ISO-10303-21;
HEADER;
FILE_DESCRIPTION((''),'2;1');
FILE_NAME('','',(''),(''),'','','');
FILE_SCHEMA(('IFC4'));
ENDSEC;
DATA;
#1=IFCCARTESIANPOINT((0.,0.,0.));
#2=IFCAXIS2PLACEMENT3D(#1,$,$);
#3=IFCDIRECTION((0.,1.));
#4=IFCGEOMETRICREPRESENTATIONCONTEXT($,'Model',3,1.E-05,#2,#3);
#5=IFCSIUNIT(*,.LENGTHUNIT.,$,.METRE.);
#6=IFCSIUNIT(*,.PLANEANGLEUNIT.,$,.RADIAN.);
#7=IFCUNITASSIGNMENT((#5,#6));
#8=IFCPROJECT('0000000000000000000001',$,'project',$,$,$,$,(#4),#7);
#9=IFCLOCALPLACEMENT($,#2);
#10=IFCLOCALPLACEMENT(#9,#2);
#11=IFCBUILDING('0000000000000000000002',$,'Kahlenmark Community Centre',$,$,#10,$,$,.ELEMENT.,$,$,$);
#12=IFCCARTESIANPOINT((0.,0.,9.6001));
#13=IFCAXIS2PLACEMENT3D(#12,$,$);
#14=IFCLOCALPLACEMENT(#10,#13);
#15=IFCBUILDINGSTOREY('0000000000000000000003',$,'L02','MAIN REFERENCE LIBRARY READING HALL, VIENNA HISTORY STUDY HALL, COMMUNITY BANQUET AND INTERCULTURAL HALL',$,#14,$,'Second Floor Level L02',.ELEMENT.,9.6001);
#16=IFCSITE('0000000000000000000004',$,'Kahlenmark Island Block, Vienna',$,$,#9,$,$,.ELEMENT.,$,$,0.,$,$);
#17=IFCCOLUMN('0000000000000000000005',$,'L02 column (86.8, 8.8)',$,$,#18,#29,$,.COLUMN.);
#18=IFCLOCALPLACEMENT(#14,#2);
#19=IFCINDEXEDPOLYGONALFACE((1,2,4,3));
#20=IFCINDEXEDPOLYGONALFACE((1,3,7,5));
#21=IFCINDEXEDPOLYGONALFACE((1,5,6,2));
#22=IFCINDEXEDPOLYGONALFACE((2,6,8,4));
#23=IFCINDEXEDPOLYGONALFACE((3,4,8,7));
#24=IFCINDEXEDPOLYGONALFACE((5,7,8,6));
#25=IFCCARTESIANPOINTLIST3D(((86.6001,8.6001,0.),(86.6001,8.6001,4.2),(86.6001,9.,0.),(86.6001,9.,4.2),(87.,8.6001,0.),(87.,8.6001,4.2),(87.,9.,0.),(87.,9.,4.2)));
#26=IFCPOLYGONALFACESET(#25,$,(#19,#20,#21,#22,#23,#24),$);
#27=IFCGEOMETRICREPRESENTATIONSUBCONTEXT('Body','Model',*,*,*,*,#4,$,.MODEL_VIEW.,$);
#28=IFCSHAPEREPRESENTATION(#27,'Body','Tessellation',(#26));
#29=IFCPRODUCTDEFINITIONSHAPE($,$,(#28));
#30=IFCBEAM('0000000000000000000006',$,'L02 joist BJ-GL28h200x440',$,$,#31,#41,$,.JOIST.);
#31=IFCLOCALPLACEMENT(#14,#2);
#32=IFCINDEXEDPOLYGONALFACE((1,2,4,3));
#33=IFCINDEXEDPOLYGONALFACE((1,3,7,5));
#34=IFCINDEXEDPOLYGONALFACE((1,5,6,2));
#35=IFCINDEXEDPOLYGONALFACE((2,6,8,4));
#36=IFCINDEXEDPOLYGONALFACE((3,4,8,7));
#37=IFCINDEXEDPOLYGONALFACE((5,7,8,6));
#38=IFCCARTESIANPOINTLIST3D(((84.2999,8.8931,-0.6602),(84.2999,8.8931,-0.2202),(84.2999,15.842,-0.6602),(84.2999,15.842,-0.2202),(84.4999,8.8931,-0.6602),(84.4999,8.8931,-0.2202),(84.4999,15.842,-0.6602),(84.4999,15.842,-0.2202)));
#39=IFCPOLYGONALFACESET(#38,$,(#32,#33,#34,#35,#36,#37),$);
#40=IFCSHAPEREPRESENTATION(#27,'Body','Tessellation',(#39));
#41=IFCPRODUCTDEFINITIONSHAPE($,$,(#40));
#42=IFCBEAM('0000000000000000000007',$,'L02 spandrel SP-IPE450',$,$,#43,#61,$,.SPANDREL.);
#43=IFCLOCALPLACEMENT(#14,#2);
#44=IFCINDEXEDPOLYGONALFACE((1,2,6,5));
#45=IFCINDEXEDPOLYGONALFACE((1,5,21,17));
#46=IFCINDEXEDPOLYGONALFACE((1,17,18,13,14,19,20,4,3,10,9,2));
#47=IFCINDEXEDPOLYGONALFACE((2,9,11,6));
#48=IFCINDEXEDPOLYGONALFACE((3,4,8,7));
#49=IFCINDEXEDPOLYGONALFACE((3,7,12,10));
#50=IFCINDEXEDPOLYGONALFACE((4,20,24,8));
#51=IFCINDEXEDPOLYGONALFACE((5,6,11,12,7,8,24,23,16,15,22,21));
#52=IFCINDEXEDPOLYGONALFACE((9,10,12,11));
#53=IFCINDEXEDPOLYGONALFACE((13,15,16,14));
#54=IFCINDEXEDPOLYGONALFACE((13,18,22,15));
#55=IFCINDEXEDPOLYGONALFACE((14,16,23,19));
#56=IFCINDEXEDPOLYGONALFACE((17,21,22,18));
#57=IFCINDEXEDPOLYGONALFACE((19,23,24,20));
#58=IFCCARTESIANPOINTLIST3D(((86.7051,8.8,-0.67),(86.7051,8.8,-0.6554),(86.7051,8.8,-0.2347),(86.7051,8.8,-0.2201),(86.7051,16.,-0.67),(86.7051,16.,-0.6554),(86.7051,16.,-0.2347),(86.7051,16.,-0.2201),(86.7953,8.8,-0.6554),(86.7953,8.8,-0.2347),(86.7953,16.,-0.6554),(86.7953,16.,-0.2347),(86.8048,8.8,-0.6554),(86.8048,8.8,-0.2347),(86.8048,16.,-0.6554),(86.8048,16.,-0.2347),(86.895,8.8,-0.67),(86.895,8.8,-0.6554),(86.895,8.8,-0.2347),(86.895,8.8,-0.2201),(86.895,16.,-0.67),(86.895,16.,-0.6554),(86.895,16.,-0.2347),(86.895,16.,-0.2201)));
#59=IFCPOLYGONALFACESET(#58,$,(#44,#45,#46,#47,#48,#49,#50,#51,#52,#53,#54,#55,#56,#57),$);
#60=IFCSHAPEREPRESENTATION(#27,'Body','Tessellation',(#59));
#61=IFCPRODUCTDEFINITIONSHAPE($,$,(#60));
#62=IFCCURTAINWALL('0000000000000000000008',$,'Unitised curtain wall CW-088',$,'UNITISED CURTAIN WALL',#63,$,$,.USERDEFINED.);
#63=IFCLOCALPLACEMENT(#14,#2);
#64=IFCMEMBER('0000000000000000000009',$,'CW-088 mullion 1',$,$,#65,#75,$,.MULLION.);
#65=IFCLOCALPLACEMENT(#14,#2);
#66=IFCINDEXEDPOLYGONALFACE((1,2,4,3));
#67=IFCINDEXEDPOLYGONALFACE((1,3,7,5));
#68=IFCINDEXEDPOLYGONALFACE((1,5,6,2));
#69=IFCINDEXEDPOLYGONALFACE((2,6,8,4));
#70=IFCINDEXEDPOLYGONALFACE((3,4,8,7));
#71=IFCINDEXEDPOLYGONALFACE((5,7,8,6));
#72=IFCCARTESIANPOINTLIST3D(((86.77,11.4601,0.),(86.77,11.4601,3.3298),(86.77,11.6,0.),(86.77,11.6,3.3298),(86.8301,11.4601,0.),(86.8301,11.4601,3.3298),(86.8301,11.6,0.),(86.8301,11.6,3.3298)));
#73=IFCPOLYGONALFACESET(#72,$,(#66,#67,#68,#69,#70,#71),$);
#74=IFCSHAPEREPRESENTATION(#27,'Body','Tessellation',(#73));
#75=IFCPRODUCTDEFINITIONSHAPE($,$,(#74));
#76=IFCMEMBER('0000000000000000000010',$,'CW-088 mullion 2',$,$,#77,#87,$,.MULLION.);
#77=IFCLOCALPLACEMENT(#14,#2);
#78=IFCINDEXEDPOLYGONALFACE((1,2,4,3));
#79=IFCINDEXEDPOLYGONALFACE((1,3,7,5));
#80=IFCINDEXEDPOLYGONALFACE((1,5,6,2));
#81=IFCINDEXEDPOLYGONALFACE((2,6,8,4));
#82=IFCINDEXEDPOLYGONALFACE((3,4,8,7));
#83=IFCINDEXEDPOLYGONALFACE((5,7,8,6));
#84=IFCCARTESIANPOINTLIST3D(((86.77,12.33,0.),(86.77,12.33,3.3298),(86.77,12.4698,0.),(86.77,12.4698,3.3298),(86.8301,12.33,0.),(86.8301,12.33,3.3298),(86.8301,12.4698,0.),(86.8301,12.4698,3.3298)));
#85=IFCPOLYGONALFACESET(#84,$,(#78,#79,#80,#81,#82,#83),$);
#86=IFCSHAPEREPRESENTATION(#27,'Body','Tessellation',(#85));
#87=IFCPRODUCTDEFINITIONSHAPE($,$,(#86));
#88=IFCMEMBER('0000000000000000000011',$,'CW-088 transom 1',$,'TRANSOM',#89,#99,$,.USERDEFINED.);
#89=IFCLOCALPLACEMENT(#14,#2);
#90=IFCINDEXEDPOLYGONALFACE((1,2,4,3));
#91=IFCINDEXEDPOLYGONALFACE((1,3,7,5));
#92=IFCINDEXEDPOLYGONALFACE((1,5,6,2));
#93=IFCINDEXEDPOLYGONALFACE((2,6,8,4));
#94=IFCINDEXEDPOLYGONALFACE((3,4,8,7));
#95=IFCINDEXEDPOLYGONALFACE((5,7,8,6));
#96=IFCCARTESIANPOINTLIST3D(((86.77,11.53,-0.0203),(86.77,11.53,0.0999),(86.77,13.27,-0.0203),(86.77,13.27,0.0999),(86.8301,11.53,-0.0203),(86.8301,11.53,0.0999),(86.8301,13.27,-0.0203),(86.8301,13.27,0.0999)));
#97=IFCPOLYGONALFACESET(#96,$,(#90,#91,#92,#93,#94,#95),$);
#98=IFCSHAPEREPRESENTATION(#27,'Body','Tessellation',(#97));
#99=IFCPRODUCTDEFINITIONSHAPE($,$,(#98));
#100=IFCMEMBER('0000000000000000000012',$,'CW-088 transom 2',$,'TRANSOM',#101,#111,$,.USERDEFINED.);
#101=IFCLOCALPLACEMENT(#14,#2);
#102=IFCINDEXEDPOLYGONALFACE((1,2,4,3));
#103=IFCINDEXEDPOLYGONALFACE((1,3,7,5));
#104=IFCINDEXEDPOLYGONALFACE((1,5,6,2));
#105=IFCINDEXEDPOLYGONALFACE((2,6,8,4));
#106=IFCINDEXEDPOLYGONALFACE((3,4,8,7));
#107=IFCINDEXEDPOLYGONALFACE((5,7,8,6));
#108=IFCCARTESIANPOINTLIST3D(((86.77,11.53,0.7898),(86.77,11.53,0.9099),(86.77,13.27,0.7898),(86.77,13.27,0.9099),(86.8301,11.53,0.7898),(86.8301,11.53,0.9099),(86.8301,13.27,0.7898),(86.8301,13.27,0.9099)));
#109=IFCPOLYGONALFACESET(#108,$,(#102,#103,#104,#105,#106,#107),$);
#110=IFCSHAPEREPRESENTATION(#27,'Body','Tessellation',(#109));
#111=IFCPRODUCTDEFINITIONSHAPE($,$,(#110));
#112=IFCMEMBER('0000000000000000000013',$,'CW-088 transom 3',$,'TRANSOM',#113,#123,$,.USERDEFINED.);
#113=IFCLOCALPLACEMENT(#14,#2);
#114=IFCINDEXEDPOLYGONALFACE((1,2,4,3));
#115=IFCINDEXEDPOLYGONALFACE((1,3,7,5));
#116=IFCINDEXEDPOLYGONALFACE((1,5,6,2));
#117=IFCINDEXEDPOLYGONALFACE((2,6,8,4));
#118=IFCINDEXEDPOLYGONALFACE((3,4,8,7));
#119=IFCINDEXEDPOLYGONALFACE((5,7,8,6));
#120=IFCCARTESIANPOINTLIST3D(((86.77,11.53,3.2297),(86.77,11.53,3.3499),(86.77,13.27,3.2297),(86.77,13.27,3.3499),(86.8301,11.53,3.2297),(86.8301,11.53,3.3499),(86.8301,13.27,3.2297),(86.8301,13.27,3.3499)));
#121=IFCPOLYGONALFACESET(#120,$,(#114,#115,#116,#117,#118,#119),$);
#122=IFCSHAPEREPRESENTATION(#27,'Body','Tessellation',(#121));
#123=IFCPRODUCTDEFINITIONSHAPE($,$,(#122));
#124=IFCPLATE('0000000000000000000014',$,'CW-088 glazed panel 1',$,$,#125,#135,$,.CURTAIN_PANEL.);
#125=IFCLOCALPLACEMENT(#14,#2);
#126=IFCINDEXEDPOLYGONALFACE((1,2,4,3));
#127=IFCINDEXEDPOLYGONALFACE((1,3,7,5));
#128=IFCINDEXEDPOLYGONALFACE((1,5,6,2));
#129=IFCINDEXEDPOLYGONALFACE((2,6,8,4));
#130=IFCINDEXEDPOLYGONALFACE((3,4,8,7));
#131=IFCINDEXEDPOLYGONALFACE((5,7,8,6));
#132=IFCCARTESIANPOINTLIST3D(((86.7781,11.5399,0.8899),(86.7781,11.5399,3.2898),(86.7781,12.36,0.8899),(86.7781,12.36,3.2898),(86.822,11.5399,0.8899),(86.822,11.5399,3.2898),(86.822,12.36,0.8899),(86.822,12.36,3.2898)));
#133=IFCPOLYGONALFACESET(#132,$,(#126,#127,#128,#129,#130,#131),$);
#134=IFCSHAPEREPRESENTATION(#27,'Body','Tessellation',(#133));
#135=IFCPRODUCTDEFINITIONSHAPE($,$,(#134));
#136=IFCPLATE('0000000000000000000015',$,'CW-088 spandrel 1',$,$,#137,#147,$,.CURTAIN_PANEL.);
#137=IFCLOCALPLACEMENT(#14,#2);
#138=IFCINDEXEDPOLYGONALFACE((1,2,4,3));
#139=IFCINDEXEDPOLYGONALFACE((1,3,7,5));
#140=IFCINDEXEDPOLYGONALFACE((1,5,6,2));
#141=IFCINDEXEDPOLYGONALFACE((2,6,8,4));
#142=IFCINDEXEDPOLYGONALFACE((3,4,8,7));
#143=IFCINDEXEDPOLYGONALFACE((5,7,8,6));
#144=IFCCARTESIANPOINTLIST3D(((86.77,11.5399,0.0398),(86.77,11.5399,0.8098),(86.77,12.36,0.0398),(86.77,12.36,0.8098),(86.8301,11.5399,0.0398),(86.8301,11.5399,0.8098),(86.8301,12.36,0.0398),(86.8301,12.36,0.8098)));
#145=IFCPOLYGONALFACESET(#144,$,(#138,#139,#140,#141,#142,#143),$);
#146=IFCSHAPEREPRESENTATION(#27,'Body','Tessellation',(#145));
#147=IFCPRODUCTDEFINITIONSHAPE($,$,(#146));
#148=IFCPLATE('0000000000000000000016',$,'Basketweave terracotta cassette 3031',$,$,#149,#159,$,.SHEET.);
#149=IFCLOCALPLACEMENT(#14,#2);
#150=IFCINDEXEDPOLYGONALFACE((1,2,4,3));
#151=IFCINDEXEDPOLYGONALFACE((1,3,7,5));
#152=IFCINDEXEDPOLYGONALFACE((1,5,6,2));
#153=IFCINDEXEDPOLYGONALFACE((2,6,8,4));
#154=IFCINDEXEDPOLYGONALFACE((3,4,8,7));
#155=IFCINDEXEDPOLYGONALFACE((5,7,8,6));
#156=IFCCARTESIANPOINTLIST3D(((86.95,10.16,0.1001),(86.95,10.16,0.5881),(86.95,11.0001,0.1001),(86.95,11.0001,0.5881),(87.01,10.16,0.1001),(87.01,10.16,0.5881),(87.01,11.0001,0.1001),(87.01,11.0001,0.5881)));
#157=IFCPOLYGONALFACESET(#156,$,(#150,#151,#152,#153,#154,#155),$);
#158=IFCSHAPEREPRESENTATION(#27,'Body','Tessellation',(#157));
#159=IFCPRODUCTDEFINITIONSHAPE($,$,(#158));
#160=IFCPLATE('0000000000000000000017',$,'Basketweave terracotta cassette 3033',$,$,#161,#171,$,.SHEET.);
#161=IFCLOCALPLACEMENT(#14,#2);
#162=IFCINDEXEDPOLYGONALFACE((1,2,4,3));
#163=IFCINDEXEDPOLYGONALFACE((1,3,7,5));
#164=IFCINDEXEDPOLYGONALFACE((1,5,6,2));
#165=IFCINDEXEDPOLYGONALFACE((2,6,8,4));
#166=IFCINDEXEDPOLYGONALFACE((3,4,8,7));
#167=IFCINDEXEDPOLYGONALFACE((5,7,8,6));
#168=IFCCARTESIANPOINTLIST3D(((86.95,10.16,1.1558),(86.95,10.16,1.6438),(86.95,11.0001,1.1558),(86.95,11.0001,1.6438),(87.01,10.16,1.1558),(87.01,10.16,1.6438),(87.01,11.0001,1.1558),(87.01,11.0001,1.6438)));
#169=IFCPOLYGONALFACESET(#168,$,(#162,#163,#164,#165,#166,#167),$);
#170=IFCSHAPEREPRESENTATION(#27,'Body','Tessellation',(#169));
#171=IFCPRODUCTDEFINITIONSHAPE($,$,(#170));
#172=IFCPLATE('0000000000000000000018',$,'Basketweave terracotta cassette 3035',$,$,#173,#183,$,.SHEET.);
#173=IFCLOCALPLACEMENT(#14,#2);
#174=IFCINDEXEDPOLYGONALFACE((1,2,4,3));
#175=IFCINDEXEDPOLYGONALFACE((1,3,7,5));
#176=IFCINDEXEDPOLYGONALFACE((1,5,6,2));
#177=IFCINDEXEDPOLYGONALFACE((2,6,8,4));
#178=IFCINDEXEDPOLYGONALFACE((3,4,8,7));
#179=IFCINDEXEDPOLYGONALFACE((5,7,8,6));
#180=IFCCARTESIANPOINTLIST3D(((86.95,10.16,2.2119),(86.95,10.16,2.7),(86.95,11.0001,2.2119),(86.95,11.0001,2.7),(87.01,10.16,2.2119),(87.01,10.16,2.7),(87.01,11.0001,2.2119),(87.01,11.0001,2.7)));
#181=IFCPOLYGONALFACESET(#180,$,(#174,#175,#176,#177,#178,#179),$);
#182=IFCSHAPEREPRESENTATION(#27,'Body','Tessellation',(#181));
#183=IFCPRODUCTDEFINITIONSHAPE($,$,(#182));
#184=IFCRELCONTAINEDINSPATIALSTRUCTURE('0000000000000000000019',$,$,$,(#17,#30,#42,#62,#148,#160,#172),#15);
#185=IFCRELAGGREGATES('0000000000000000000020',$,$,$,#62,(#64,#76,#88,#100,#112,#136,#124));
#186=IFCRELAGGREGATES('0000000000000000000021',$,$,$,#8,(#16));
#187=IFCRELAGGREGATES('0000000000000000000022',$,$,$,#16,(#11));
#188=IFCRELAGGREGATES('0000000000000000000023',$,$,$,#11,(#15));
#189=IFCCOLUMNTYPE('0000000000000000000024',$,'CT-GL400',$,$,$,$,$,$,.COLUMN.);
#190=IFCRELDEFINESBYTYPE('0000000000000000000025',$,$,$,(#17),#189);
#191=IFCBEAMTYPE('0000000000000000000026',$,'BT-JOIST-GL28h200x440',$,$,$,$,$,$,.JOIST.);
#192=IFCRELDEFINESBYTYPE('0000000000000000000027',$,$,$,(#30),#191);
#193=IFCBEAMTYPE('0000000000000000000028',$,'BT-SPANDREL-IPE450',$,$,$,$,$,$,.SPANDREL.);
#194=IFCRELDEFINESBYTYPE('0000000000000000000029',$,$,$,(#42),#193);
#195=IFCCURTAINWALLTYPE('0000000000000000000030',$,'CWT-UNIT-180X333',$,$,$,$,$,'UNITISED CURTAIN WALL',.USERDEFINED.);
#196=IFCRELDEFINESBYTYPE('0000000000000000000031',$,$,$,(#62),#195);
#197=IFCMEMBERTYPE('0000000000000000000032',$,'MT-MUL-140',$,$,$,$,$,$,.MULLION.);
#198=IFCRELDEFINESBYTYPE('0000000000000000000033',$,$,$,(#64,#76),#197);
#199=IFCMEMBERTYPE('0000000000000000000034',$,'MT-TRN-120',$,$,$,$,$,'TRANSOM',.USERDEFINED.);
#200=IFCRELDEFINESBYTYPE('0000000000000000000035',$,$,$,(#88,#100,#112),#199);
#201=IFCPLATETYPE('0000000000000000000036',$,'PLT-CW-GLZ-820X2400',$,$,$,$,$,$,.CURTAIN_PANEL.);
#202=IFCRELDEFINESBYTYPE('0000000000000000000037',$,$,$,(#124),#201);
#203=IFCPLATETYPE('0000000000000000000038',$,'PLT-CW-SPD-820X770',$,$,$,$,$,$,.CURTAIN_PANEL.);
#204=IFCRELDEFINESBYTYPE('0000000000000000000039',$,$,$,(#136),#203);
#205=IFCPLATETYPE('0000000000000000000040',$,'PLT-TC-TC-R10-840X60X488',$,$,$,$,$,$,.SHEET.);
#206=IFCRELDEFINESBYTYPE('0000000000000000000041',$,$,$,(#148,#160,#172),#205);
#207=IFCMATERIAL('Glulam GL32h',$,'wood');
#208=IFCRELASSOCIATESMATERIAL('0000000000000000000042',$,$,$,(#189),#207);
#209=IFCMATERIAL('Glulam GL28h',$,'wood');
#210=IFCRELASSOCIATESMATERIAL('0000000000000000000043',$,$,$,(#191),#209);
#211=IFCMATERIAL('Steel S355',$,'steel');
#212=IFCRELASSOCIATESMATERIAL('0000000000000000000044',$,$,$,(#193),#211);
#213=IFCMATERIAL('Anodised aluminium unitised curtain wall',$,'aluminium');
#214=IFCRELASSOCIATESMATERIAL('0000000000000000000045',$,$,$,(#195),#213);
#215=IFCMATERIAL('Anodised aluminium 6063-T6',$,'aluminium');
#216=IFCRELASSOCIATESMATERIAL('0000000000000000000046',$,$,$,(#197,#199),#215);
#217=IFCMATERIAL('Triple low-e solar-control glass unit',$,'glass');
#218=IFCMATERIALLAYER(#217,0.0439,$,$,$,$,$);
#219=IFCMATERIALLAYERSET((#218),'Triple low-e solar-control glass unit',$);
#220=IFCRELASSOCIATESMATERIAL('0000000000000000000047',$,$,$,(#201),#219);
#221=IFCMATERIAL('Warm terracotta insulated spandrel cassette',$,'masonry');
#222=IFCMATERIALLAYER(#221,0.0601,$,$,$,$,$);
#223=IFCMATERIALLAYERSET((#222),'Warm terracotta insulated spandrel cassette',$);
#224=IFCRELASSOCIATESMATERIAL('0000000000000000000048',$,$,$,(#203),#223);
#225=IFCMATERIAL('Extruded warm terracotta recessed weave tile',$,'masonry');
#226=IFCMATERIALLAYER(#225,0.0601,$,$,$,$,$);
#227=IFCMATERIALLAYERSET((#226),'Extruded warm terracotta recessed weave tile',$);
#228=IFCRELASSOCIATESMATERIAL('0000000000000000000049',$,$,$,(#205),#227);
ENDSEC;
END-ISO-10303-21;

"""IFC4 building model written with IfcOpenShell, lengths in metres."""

from ifc_helpers import new_model, si_unit, direction, frame, origin, origin_2d, place, context, subcontext, project, spatial, rectangle, i_section, extrude, material, layer, layer_set, material_profile, profile_set, type_object, element, aggregate, save


model = new_model("IFC4")

# Units and contexts
model_context = context("Model", 3, precision=1e-05, world=origin(), true_north=direction((0.0, 1.0)))
body_context = subcontext(model_context, "Body", "Model", "MODEL_VIEW")
ifc_project = project(units=[si_unit("LENGTHUNIT", "METRE"), si_unit("PLANEANGLEUNIT", "RADIAN")], contexts=[model_context])

# Site, building, storey
site_placement = place(None, origin())
site = spatial("IfcSite", under=ifc_project, at=site_placement, Name="Kahlenmark Island Block, Vienna", CompositionType="ELEMENT", RefElevation=0.0)
building_placement = place(site_placement, origin())
building = spatial("IfcBuilding", under=site, at=building_placement, Name="Kahlenmark Community Centre", CompositionType="ELEMENT")
storey_placement = place(building_placement, frame((0.0, 0.0, 9.6001)))
storey = spatial("IfcBuildingStorey", under=building, at=storey_placement, Name="L02", Description="MAIN REFERENCE LIBRARY READING HALL, VIENNA HISTORY STUDY HALL, COMMUNITY BANQUET AND INTERCULTURAL HALL", LongName="Second Floor Level L02", CompositionType="ELEMENT", Elevation=9.6001)

# Column
ifc_material_1 = material(Name="Glulam GL32h", Category="wood")
ifc_material_profile_1 = material_profile(ifc_material_1, rectangle(XDim=0.3999, YDim=0.3999, at=origin_2d()), Name="GL32h 400x400")
ifc_profile_set_1 = profile_set([ifc_material_profile_1], Name="Glulam GL32h")
column_type = type_object("IfcColumnType", Name="CT-GL400", PredefinedType="COLUMN", material=ifc_profile_set_1)
column_placement = place(storey_placement, frame((86.8, 8.8, 0.0), z_axis=(0.0, 0.0, 1.0), x_axis=(1.0, 0.0, 0.0)))
element("IfcColumn", 1, at=column_placement, inside=storey, type_object=column_type, Name="L02 column (86.8, 8.8)", PredefinedType="COLUMN", context=body_context, shape_type="SweptSolid", body=[
    extrude(rectangle(XDim=0.3999, YDim=0.3999, at=origin_2d()), origin(), (0.0, 0.0, 1.0), 4.2),
])

# Beams
ifc_material_2 = material(Name="Glulam GL28h", Category="wood")
ifc_material_profile_2 = material_profile(ifc_material_2, rectangle(XDim=0.2, YDim=0.4399, at=origin_2d()), Name="GL28h 200x440")
ifc_profile_set_2 = profile_set([ifc_material_profile_2], Name="Glulam GL28h")
beam_type_1 = type_object("IfcBeamType", Name="BT-JOIST-GL28h200x440", PredefinedType="JOIST", material=ifc_profile_set_2)
beam_1_placement = place(storey_placement, frame((84.3999, 8.8931, -0.4402), z_axis=(0.0, 1.0, 0.0), x_axis=(-1.0, 0.0, 0.0)))
element("IfcBeam", 2, at=beam_1_placement, inside=storey, type_object=beam_type_1, Name="L02 joist BJ-GL28h200x440", PredefinedType="JOIST", context=body_context, shape_type="SweptSolid", body=[
    extrude(rectangle(XDim=0.2, YDim=0.4399, at=origin_2d()), origin(), (0.0, 0.0, 1.0), 6.949),
])
ifc_material_3 = material(Name="Steel S355", Category="steel")
ifc_material_profile_3 = material_profile(ifc_material_3, i_section(OverallWidth=0.1899, OverallDepth=0.45, WebThickness=0.0095, FlangeThickness=0.0146, at=origin_2d()), Name="IPE 450")
ifc_profile_set_3 = profile_set([ifc_material_profile_3], Name="Steel S355")
beam_type_2 = type_object("IfcBeamType", Name="BT-SPANDREL-IPE450", PredefinedType="SPANDREL", material=ifc_profile_set_3)
beam_2_placement = place(storey_placement, frame((86.8, 8.8, -0.4451), z_axis=(0.0, 1.0, 0.0), x_axis=(-1.0, 0.0, 0.0)))
element("IfcBeam", 3, at=beam_2_placement, inside=storey, type_object=beam_type_2, Name="L02 spandrel SP-IPE450", PredefinedType="SPANDREL", context=body_context, shape_type="SweptSolid", body=[
    extrude(i_section(OverallWidth=0.1899, OverallDepth=0.45, WebThickness=0.0095, FlangeThickness=0.0146, at=origin_2d()), origin(), (0.0, 0.0, 1.0), 7.2),
])

# Curtain wall, members, plates
ifc_material_4 = material(Name="Anodised aluminium unitised curtain wall", Category="aluminium")
curtain_wall_type = type_object("IfcCurtainWallType", Name="CWT-UNIT-180X333", ElementType="UNITISED CURTAIN WALL", PredefinedType="USERDEFINED", material=ifc_material_4)
curtain_wall_placement = place(storey_placement, origin())
curtain_wall = element("IfcCurtainWall", 4, at=curtain_wall_placement, inside=storey, type_object=curtain_wall_type, Name="Unitised curtain wall CW-088", ObjectType="UNITISED CURTAIN WALL", PredefinedType="USERDEFINED")
ifc_material_5 = material(Name="Anodised aluminium 6063-T6", Category="aluminium")
ifc_material_profile_4 = material_profile(ifc_material_5, rectangle(XDim=0.0601, YDim=0.1399, at=origin_2d()), Name="ALU MULLION 60x140")
ifc_profile_set_4 = profile_set([ifc_material_profile_4], Name="Anodised aluminium 6063-T6")
member_type_1 = type_object("IfcMemberType", Name="MT-MUL-140", PredefinedType="MULLION", material=ifc_profile_set_4)
member_1_placement = place(storey_placement, frame((86.8, 11.53, 0.0), z_axis=(0.0, 0.0, 1.0), x_axis=(-1.0, 0.0, 0.0)))
member_1 = element("IfcMember", 5, at=member_1_placement, type_object=member_type_1, Name="CW-088 mullion 1", PredefinedType="MULLION", context=body_context, shape_type="SweptSolid", body=[
    extrude(rectangle(XDim=0.0601, YDim=0.1399, at=origin_2d()), origin(), (0.0, 0.0, 1.0), 3.3298),
])
member_2_placement = place(storey_placement, frame((86.8, 12.3999, 0.0), z_axis=(0.0, 0.0, 1.0), x_axis=(-1.0, 0.0, 0.0)))
member_2 = element("IfcMember", 6, at=member_2_placement, type_object=member_type_1, Name="CW-088 mullion 2", PredefinedType="MULLION", context=body_context, shape_type="SweptSolid", body=[
    extrude(rectangle(XDim=0.0601, YDim=0.1399, at=origin_2d()), origin(), (0.0, 0.0, 1.0), 3.3298),
])
ifc_material_profile_5 = material_profile(ifc_material_5, rectangle(XDim=0.0601, YDim=0.1201, at=origin_2d()), Name="ALU TRANSOM 60x120")
ifc_profile_set_5 = profile_set([ifc_material_profile_5], Name="Anodised aluminium 6063-T6")
member_type_2 = type_object("IfcMemberType", Name="MT-TRN-120", ElementType="TRANSOM", PredefinedType="USERDEFINED", material=ifc_profile_set_5)
member_3_placement = place(storey_placement, frame((86.8, 11.53, 0.0398), z_axis=(0.0, 1.0, 0.0), x_axis=(-1.0, 0.0, 0.0)))
member_3 = element("IfcMember", 7, at=member_3_placement, type_object=member_type_2, Name="CW-088 transom 1", ObjectType="TRANSOM", PredefinedType="USERDEFINED", context=body_context, shape_type="SweptSolid", body=[
    extrude(rectangle(XDim=0.0601, YDim=0.1201, at=origin_2d()), origin(), (0.0, 0.0, 1.0), 1.74),
])
member_4_placement = place(storey_placement, frame((86.8, 11.53, 0.8499), z_axis=(0.0, 1.0, 0.0), x_axis=(-1.0, 0.0, 0.0)))
member_4 = element("IfcMember", 8, at=member_4_placement, type_object=member_type_2, Name="CW-088 transom 2", ObjectType="TRANSOM", PredefinedType="USERDEFINED", context=body_context, shape_type="SweptSolid", body=[
    extrude(rectangle(XDim=0.0601, YDim=0.1201, at=origin_2d()), origin(), (0.0, 0.0, 1.0), 1.74),
])
member_5_placement = place(storey_placement, frame((86.8, 11.53, 3.2898), z_axis=(0.0, 1.0, 0.0), x_axis=(-1.0, 0.0, 0.0)))
member_5 = element("IfcMember", 9, at=member_5_placement, type_object=member_type_2, Name="CW-088 transom 3", ObjectType="TRANSOM", PredefinedType="USERDEFINED", context=body_context, shape_type="SweptSolid", body=[
    extrude(rectangle(XDim=0.0601, YDim=0.1201, at=origin_2d()), origin(), (0.0, 0.0, 1.0), 1.74),
])
ifc_material_6 = material(Name="Triple low-e solar-control glass unit", Category="glass")
ifc_layer_1 = layer(ifc_material_6, 0.0439)
ifc_layer_set_1 = layer_set([ifc_layer_1], Name="Triple low-e solar-control glass unit")
plate_type_1 = type_object("IfcPlateType", Name="PLT-CW-GLZ-820X2400", PredefinedType="CURTAIN_PANEL", material=ifc_layer_set_1)
plate_1_placement = place(storey_placement, frame((86.8, 11.95, 0.8899), z_axis=(0.0, 0.0, 1.0), x_axis=(0.0, 1.0, 0.0)))
plate_1 = element("IfcPlate", 10, at=plate_1_placement, type_object=plate_type_1, Name="CW-088 glazed panel 1", PredefinedType="CURTAIN_PANEL", context=body_context, shape_type="SweptSolid", body=[
    extrude(rectangle(XDim=0.8201, YDim=0.0439, at=origin_2d()), origin(), (0.0, 0.0, 1.0), 2.3999),
])
ifc_material_7 = material(Name="Warm terracotta insulated spandrel cassette", Category="masonry")
ifc_layer_2 = layer(ifc_material_7, 0.0601)
ifc_layer_set_2 = layer_set([ifc_layer_2], Name="Warm terracotta insulated spandrel cassette")
plate_type_2 = type_object("IfcPlateType", Name="PLT-CW-SPD-820X770", PredefinedType="CURTAIN_PANEL", material=ifc_layer_set_2)
plate_2_placement = place(storey_placement, frame((86.8, 11.95, 0.0398), z_axis=(0.0, 0.0, 1.0), x_axis=(0.0, 1.0, 0.0)))
plate_2 = element("IfcPlate", 11, at=plate_2_placement, type_object=plate_type_2, Name="CW-088 spandrel 1", PredefinedType="CURTAIN_PANEL", context=body_context, shape_type="SweptSolid", body=[
    extrude(rectangle(XDim=0.8201, YDim=0.0601, at=origin_2d()), origin(), (0.0, 0.0, 1.0), 0.77),
])
aggregate(curtain_wall, [member_1, member_2, member_3, member_4, member_5, plate_2, plate_1])

# Plates
ifc_material_8 = material(Name="Extruded warm terracotta recessed weave tile", Category="masonry")
ifc_layer_3 = layer(ifc_material_8, 0.0601)
ifc_layer_set_3 = layer_set([ifc_layer_3], Name="Extruded warm terracotta recessed weave tile")
plate_type_3 = type_object("IfcPlateType", Name="PLT-TC-TC-R10-840X60X488", PredefinedType="SHEET", material=ifc_layer_set_3)
for number, where, z_axis, x_axis, name in (
    (12, (86.98, 10.5801, 0.1001), (0.0, 0.0, 1.0), (0.0, 1.0, 0.0), "Basketweave terracotta cassette 3031"),
    (13, (86.98, 10.5801, 1.1558), (0.0, 0.0, 1.0), (0.0, 1.0, 0.0), "Basketweave terracotta cassette 3033"),
    (14, (86.98, 10.5801, 2.2119), (0.0, 0.0, 1.0), (0.0, 1.0, 0.0), "Basketweave terracotta cassette 3035"),
):
    element("IfcPlate", number, at=place(storey_placement, frame(where, z_axis=z_axis, x_axis=x_axis)), inside=storey, type_object=plate_type_3, Name=name, PredefinedType="SHEET", context=body_context, shape_type="SweptSolid", body=[
        extrude(rectangle(XDim=0.8401, YDim=0.0601, at=origin_2d()), origin(), (0.0, 0.0, 1.0), 0.488),
    ])

save(model, "model.ifc")
